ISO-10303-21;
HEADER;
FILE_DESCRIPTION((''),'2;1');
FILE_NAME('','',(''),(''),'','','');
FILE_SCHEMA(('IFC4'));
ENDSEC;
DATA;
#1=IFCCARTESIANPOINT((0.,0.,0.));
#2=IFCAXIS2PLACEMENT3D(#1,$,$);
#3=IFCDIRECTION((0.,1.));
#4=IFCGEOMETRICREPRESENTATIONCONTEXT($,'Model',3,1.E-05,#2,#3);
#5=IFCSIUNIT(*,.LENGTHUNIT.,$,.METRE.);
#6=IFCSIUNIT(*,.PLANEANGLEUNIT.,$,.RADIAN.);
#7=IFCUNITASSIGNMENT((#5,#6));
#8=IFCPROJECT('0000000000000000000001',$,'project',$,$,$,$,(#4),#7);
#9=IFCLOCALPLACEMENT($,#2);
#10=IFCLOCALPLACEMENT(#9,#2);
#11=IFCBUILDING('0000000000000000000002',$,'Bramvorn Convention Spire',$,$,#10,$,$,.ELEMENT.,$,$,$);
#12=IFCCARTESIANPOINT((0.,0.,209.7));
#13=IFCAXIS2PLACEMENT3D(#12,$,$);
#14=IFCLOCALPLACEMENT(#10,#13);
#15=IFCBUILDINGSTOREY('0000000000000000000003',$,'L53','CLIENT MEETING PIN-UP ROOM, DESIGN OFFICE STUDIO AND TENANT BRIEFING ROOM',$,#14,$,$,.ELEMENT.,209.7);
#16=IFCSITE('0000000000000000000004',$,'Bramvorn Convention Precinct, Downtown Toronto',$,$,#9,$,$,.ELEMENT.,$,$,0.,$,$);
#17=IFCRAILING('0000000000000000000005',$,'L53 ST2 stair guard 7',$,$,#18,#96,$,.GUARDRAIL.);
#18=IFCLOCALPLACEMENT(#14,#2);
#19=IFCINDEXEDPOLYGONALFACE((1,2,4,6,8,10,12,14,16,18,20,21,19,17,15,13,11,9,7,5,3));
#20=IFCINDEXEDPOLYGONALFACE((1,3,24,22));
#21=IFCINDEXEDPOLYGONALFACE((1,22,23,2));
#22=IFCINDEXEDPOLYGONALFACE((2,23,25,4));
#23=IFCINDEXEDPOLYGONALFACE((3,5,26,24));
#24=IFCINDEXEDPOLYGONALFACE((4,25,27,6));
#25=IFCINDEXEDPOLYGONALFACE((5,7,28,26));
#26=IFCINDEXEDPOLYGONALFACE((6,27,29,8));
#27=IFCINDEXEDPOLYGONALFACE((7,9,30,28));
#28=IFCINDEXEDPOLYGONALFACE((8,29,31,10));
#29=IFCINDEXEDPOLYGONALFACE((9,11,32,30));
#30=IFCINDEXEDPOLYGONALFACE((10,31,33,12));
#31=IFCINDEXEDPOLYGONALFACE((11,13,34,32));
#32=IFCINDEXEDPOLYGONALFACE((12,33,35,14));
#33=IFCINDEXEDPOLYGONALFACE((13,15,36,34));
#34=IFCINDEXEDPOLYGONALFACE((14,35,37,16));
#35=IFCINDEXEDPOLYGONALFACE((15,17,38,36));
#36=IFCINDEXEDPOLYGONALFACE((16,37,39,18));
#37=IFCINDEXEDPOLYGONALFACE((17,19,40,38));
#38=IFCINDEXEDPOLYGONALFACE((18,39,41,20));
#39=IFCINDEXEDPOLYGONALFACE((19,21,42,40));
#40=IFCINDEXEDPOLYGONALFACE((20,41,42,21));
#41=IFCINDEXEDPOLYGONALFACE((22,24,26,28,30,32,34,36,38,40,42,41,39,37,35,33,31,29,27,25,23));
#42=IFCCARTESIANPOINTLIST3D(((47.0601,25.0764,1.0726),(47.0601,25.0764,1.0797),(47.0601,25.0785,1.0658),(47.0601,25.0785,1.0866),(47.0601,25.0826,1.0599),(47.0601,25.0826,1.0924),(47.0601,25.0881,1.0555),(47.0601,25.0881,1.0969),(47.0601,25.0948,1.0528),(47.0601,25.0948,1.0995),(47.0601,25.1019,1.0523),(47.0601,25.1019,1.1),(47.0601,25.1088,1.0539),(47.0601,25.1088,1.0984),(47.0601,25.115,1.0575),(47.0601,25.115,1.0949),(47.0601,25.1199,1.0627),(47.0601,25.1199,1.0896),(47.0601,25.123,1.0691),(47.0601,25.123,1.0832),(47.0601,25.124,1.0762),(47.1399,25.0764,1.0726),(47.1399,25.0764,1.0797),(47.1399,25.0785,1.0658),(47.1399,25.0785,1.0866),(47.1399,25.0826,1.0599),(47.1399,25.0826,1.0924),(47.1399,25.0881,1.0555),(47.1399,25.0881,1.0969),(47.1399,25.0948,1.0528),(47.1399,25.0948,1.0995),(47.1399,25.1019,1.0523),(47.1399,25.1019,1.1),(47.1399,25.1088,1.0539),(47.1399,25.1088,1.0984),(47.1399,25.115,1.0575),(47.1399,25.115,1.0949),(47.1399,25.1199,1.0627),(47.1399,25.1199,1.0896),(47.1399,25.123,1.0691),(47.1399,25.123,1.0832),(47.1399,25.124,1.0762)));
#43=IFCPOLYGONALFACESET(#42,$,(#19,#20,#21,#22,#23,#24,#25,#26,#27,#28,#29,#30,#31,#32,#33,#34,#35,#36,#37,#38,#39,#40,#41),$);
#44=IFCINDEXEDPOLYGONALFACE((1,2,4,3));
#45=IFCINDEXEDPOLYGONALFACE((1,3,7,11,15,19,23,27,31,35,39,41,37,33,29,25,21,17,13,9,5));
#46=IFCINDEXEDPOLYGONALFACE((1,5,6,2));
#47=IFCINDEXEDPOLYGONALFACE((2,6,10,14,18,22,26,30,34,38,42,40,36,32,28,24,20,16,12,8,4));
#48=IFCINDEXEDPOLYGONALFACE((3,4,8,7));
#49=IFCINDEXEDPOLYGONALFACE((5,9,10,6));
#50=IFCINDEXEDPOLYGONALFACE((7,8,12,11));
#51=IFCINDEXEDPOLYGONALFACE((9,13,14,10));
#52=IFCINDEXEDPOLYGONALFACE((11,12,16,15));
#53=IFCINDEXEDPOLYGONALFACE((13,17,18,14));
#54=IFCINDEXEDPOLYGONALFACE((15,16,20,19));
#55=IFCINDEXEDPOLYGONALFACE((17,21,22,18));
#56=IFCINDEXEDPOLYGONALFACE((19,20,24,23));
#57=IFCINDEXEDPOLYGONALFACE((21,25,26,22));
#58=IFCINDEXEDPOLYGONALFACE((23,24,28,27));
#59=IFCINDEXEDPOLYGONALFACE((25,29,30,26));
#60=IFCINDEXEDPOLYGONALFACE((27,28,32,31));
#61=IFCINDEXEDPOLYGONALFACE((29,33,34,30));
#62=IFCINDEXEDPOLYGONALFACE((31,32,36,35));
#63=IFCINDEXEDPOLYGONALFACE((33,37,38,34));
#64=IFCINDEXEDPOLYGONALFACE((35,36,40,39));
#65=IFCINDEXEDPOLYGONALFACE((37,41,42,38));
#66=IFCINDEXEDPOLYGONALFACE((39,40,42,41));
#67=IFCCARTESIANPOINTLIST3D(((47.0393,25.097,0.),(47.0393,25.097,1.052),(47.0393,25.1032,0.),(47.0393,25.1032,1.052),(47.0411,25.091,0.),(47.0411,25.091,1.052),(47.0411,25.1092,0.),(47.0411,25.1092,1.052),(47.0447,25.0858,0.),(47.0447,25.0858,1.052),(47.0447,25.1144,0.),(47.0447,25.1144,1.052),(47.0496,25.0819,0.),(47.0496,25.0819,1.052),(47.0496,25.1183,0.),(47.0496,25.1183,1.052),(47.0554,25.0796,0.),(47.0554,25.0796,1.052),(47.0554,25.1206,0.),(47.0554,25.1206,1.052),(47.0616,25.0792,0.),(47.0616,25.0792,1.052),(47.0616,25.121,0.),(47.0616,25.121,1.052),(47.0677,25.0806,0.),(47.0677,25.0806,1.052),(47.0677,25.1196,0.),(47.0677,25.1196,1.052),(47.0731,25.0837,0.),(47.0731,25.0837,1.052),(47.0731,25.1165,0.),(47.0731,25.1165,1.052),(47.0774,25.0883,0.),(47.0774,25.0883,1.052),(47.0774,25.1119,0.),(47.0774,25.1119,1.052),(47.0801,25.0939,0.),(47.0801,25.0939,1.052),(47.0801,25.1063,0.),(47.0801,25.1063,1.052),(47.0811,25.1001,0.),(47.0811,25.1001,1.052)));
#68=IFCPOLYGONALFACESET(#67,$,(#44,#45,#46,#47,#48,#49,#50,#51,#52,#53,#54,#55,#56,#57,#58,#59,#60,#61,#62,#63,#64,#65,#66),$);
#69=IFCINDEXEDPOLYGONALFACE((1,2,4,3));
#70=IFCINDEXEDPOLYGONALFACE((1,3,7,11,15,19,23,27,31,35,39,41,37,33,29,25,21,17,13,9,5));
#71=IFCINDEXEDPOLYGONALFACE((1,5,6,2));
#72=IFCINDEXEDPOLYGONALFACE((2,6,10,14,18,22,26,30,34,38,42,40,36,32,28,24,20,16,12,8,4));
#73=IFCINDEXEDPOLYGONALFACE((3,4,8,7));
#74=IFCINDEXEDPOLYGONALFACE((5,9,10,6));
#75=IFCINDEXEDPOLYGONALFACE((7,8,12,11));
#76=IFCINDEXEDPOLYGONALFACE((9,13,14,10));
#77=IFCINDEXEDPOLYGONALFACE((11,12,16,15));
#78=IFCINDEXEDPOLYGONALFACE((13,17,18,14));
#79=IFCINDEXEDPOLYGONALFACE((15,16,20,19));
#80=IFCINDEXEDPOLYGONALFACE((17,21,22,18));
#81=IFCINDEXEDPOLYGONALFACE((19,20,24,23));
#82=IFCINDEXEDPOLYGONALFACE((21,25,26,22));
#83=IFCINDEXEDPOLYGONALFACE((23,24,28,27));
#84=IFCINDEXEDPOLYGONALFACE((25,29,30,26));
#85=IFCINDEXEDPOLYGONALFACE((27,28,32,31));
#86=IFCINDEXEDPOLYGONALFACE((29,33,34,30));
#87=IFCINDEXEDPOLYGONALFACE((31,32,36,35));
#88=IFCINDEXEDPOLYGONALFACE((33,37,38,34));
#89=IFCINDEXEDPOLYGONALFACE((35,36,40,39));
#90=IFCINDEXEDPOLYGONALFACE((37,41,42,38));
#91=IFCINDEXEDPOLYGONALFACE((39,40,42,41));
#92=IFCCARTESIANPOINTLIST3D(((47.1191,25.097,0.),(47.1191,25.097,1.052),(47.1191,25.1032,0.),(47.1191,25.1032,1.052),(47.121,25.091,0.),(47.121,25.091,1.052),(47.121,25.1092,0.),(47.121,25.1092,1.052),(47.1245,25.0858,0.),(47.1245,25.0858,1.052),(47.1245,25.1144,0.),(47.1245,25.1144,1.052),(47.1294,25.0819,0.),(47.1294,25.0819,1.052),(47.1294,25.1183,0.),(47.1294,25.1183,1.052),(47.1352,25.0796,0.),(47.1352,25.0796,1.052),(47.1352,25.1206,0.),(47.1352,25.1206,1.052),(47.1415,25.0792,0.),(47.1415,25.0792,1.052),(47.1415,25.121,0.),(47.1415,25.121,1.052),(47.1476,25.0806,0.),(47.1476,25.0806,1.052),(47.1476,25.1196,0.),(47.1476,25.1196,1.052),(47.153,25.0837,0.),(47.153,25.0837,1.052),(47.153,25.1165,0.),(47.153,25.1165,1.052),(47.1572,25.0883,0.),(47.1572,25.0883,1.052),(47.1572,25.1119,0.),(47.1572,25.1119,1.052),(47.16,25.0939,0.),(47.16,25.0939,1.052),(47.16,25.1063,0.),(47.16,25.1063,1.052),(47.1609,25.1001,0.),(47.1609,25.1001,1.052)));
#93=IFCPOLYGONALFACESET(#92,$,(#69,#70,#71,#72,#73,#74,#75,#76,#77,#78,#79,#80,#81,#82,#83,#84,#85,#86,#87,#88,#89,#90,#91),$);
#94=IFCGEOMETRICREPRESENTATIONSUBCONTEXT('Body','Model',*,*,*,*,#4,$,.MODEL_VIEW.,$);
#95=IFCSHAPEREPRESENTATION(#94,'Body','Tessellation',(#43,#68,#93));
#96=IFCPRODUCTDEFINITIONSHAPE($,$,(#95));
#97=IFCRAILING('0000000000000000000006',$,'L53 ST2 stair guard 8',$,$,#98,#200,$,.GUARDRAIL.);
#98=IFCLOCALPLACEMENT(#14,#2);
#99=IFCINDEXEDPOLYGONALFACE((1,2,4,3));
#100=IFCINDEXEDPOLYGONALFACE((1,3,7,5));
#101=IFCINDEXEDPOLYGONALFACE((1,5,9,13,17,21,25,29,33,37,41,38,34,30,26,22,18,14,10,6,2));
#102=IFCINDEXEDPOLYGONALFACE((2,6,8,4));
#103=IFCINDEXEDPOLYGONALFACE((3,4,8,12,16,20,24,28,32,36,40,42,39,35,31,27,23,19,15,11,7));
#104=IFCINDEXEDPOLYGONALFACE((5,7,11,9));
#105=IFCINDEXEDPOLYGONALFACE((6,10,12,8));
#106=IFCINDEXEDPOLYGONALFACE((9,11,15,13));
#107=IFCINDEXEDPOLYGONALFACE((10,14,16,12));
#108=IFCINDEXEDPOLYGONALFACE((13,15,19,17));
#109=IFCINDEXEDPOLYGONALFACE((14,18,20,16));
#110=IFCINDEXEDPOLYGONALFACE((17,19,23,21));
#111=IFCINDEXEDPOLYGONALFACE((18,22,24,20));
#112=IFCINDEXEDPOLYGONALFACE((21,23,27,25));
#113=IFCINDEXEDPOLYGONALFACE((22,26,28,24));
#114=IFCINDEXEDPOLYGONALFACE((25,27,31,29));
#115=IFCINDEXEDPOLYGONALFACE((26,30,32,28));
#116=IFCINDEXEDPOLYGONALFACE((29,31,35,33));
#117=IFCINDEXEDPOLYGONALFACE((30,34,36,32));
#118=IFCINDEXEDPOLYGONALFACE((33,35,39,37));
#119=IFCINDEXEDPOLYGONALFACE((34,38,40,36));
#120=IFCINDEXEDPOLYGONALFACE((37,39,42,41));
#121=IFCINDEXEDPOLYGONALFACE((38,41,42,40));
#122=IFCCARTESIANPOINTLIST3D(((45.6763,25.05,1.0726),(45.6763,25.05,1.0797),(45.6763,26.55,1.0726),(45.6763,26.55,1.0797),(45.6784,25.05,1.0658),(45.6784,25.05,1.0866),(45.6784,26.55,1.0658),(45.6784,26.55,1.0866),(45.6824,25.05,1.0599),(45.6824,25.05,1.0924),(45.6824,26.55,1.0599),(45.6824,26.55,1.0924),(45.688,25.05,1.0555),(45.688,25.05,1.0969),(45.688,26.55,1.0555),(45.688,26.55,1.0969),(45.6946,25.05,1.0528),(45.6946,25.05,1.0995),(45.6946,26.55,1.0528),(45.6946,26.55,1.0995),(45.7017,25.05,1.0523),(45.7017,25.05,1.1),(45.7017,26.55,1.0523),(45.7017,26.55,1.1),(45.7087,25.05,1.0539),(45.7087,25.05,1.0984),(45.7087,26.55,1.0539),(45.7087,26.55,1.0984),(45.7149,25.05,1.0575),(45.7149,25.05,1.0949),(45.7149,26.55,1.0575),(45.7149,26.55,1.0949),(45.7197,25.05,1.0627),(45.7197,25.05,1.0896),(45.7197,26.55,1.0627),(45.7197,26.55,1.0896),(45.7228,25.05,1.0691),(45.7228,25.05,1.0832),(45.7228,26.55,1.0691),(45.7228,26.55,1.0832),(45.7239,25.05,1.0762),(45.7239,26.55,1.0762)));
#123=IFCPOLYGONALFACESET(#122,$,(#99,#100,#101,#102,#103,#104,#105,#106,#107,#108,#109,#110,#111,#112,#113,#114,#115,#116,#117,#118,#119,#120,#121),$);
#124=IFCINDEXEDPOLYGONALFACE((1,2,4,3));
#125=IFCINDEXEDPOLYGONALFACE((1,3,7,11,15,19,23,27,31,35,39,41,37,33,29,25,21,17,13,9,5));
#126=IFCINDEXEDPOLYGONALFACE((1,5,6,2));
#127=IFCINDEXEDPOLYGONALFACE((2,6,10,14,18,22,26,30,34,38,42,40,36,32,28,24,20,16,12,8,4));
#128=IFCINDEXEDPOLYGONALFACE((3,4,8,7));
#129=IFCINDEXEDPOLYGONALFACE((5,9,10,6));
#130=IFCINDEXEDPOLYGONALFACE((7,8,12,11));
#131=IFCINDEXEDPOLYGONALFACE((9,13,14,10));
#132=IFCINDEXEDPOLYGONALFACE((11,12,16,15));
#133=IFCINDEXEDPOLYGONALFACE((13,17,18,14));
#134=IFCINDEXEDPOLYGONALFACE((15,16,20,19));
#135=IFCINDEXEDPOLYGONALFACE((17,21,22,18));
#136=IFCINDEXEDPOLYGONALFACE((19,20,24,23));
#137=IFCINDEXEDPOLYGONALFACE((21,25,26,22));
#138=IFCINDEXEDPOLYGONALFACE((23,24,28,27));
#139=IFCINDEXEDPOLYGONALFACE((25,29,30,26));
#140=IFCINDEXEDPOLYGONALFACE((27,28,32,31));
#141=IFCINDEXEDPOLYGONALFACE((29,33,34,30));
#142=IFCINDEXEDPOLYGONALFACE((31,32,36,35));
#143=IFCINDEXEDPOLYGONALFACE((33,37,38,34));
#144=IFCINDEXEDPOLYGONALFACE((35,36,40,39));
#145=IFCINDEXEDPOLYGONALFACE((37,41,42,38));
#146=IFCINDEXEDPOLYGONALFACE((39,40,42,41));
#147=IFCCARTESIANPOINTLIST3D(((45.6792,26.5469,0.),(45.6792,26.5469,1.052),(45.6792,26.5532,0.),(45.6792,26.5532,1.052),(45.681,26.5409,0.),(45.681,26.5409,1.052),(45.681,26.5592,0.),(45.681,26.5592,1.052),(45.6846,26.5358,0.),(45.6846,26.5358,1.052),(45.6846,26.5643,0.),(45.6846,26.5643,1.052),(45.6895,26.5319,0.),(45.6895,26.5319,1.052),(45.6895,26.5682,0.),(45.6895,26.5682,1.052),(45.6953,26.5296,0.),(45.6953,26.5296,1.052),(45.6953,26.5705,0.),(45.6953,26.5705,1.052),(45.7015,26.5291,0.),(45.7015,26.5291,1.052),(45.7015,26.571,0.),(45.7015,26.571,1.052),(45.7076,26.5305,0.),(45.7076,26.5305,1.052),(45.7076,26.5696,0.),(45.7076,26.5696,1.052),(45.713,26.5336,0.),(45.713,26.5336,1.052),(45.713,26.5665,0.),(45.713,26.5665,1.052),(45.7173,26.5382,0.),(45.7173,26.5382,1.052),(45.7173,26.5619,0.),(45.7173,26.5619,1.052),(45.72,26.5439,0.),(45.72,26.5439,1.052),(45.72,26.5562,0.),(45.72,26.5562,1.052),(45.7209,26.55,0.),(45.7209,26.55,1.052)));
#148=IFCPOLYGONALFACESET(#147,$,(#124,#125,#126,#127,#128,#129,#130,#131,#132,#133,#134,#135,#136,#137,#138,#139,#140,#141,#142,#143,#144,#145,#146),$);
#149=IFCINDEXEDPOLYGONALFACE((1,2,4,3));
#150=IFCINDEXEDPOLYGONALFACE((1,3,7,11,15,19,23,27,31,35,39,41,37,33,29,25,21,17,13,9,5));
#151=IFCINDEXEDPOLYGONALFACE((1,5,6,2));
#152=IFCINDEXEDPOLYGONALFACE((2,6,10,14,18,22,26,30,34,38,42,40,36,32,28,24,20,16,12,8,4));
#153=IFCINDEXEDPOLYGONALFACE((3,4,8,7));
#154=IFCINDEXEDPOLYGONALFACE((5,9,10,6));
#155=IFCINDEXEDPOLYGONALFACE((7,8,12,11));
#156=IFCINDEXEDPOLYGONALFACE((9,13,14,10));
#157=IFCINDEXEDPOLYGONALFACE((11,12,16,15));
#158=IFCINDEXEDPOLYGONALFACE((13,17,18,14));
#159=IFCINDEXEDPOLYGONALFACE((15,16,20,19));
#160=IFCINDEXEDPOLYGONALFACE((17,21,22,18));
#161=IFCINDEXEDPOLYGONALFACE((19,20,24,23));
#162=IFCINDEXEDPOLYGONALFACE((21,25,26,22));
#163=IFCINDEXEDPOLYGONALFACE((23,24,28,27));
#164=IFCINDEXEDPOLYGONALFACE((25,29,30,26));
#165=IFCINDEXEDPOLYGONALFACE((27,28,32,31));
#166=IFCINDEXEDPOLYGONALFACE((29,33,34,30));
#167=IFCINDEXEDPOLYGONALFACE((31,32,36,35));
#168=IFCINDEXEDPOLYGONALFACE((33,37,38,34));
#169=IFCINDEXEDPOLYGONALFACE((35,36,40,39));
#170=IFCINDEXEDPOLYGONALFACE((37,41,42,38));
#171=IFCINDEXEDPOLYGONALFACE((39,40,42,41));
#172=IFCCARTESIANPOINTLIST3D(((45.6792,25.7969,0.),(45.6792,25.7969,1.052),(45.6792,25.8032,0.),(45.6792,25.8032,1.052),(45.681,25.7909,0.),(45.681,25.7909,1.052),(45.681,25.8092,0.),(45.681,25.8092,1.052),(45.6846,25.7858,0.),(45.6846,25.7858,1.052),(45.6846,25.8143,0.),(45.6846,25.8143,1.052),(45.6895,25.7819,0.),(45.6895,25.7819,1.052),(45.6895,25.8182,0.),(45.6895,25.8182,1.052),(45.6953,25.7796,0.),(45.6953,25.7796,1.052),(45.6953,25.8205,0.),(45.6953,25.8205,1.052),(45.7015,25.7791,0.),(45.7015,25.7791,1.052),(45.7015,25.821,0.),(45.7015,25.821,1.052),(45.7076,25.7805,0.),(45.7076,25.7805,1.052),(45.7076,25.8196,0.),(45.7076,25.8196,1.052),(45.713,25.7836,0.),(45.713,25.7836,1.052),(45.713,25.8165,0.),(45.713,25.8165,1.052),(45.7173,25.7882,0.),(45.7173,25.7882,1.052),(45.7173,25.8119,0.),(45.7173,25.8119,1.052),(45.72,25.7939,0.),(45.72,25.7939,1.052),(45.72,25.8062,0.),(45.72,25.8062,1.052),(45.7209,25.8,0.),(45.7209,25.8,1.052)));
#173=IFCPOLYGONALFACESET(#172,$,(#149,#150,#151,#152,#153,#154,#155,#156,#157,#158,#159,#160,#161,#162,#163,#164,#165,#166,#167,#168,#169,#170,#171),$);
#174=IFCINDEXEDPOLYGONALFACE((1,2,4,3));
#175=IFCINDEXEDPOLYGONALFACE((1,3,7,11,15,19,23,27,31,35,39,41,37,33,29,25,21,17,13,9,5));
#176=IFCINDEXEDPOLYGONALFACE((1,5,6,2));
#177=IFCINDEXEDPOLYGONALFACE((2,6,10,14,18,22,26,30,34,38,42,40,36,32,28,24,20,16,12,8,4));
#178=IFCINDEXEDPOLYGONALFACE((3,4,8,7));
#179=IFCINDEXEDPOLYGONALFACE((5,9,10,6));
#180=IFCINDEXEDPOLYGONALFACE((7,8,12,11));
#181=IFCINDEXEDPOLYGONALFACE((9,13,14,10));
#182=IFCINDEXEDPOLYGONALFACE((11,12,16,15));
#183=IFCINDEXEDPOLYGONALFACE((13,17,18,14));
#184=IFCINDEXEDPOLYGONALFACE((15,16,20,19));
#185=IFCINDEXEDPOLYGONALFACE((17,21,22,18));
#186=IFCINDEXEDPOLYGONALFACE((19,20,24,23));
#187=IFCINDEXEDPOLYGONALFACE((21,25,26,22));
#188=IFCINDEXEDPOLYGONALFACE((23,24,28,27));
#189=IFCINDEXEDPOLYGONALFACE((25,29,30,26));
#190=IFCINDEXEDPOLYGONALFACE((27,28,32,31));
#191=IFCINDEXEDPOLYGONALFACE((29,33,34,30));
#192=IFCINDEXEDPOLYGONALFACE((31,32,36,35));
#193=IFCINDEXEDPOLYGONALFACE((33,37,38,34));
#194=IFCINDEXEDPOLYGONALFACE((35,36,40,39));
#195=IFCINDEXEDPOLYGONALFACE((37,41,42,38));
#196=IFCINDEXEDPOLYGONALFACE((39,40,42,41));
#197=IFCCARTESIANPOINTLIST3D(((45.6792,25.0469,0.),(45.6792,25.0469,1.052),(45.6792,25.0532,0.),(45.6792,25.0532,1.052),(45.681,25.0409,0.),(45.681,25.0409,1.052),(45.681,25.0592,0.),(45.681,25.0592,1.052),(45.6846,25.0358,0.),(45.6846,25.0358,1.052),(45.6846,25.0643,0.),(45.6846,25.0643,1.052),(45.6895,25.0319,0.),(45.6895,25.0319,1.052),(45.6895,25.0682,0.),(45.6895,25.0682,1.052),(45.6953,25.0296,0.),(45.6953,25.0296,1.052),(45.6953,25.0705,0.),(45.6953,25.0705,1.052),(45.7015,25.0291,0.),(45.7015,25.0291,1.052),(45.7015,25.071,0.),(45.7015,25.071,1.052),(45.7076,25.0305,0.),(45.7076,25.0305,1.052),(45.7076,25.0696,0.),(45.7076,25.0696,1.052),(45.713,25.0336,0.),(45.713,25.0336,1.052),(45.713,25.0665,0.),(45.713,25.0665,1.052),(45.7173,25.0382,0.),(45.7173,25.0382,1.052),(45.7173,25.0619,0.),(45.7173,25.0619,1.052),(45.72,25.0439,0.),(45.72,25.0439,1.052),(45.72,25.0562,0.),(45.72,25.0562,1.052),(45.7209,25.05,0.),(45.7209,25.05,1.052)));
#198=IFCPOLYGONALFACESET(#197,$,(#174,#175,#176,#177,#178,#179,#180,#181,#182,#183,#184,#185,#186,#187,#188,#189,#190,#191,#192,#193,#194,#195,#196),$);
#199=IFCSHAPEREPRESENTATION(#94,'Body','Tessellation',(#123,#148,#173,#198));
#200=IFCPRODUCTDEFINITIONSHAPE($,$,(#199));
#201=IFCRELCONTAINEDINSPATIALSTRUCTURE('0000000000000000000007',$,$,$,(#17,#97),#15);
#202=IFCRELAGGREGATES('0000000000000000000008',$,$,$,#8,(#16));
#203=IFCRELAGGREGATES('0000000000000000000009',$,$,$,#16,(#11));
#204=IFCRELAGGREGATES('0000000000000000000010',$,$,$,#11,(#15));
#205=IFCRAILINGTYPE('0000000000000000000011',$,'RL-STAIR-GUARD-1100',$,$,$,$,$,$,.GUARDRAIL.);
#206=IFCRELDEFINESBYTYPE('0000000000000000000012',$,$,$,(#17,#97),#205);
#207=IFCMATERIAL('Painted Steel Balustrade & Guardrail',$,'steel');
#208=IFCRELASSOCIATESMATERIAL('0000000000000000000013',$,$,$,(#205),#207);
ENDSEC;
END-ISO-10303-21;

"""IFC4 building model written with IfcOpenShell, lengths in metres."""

from ifc_helpers import new_model, si_unit, direction, frame, origin, origin_2d, place, context, subcontext, project, spatial, circle, extrude, material, type_object, element, save


model = new_model("IFC4")

# Units and contexts
model_context = context("Model", 3, precision=1e-05, world=origin(), true_north=direction((0.0, 1.0)))
body_context = subcontext(model_context, "Body", "Model", "MODEL_VIEW")
ifc_project = project(units=[si_unit("LENGTHUNIT", "METRE"), si_unit("PLANEANGLEUNIT", "RADIAN")], contexts=[model_context])

# Site, building, storey
site_placement = place(None, origin())
site = spatial("IfcSite", under=ifc_project, at=site_placement, Name="Bramvorn Convention Precinct, Downtown Toronto", CompositionType="ELEMENT", RefElevation=0.0)
building_placement = place(site_placement, origin())
building = spatial("IfcBuilding", under=site, at=building_placement, Name="Bramvorn Convention Spire", CompositionType="ELEMENT")
storey_placement = place(building_placement, frame((0.0, 0.0, 209.7)))
storey = spatial("IfcBuildingStorey", under=building, at=storey_placement, Name="L53", Description="CLIENT MEETING PIN-UP ROOM, DESIGN OFFICE STUDIO AND TENANT BRIEFING ROOM", CompositionType="ELEMENT", Elevation=209.7)

# Railings
ifc_material_1 = material(Name="Painted Steel Balustrade & Guardrail", Category="steel")
railing_type_1 = type_object("IfcRailingType", Name="RL-STAIR-GUARD-1100", PredefinedType="GUARDRAIL", material=ifc_material_1)
railing_1_placement = place(storey_placement, frame((47.0601, 25.1001, 0.0)))
element("IfcRailing", 1, at=railing_1_placement, inside=storey, type_object=railing_type_1, Name="L53 ST2 stair guard 7", PredefinedType="GUARDRAIL", context=body_context, shape_type="SweptSolid", body=[
    extrude(circle(Radius=0.0239, at=origin_2d()), frame((0.0, 0.0, 1.0762), z_axis=(1.0, 0.0, 0.0), x_axis=(0.0, 1.0, 0.0)), (0.0, 0.0, 1.0), 0.0798),
    extrude(circle(Radius=0.021, at=origin_2d()), origin(), (0.0, 0.0, 1.0), 1.052),
    extrude(circle(Radius=0.021, at=origin_2d()), frame((0.0798, 0.0, 0.0)), (0.0, 0.0, 1.0), 1.052),
])
railing_2_placement = place(storey_placement, frame((45.7, 26.55, 0.0)))
element("IfcRailing", 2, at=railing_2_placement, inside=storey, type_object=railing_type_1, Name="L53 ST2 stair guard 8", PredefinedType="GUARDRAIL", context=body_context, shape_type="SweptSolid", body=[
    extrude(circle(Radius=0.0239, at=origin_2d()), frame((0.0, 0.0, 1.0762), z_axis=(0.0, -1.0, 0.0), x_axis=(1.0, 0.0, 0.0)), (0.0, 0.0, 1.0), 1.5),
    extrude(circle(Radius=0.021, at=origin_2d()), origin(), (0.0, 0.0, 1.0), 1.052),
    extrude(circle(Radius=0.021, at=origin_2d()), frame((0.0, -0.75, 0.0)), (0.0, 0.0, 1.0), 1.052),
    extrude(circle(Radius=0.021, at=origin_2d()), frame((0.0, -1.5, 0.0)), (0.0, 0.0, 1.0), 1.052),
])

save(model, "model.ifc")
